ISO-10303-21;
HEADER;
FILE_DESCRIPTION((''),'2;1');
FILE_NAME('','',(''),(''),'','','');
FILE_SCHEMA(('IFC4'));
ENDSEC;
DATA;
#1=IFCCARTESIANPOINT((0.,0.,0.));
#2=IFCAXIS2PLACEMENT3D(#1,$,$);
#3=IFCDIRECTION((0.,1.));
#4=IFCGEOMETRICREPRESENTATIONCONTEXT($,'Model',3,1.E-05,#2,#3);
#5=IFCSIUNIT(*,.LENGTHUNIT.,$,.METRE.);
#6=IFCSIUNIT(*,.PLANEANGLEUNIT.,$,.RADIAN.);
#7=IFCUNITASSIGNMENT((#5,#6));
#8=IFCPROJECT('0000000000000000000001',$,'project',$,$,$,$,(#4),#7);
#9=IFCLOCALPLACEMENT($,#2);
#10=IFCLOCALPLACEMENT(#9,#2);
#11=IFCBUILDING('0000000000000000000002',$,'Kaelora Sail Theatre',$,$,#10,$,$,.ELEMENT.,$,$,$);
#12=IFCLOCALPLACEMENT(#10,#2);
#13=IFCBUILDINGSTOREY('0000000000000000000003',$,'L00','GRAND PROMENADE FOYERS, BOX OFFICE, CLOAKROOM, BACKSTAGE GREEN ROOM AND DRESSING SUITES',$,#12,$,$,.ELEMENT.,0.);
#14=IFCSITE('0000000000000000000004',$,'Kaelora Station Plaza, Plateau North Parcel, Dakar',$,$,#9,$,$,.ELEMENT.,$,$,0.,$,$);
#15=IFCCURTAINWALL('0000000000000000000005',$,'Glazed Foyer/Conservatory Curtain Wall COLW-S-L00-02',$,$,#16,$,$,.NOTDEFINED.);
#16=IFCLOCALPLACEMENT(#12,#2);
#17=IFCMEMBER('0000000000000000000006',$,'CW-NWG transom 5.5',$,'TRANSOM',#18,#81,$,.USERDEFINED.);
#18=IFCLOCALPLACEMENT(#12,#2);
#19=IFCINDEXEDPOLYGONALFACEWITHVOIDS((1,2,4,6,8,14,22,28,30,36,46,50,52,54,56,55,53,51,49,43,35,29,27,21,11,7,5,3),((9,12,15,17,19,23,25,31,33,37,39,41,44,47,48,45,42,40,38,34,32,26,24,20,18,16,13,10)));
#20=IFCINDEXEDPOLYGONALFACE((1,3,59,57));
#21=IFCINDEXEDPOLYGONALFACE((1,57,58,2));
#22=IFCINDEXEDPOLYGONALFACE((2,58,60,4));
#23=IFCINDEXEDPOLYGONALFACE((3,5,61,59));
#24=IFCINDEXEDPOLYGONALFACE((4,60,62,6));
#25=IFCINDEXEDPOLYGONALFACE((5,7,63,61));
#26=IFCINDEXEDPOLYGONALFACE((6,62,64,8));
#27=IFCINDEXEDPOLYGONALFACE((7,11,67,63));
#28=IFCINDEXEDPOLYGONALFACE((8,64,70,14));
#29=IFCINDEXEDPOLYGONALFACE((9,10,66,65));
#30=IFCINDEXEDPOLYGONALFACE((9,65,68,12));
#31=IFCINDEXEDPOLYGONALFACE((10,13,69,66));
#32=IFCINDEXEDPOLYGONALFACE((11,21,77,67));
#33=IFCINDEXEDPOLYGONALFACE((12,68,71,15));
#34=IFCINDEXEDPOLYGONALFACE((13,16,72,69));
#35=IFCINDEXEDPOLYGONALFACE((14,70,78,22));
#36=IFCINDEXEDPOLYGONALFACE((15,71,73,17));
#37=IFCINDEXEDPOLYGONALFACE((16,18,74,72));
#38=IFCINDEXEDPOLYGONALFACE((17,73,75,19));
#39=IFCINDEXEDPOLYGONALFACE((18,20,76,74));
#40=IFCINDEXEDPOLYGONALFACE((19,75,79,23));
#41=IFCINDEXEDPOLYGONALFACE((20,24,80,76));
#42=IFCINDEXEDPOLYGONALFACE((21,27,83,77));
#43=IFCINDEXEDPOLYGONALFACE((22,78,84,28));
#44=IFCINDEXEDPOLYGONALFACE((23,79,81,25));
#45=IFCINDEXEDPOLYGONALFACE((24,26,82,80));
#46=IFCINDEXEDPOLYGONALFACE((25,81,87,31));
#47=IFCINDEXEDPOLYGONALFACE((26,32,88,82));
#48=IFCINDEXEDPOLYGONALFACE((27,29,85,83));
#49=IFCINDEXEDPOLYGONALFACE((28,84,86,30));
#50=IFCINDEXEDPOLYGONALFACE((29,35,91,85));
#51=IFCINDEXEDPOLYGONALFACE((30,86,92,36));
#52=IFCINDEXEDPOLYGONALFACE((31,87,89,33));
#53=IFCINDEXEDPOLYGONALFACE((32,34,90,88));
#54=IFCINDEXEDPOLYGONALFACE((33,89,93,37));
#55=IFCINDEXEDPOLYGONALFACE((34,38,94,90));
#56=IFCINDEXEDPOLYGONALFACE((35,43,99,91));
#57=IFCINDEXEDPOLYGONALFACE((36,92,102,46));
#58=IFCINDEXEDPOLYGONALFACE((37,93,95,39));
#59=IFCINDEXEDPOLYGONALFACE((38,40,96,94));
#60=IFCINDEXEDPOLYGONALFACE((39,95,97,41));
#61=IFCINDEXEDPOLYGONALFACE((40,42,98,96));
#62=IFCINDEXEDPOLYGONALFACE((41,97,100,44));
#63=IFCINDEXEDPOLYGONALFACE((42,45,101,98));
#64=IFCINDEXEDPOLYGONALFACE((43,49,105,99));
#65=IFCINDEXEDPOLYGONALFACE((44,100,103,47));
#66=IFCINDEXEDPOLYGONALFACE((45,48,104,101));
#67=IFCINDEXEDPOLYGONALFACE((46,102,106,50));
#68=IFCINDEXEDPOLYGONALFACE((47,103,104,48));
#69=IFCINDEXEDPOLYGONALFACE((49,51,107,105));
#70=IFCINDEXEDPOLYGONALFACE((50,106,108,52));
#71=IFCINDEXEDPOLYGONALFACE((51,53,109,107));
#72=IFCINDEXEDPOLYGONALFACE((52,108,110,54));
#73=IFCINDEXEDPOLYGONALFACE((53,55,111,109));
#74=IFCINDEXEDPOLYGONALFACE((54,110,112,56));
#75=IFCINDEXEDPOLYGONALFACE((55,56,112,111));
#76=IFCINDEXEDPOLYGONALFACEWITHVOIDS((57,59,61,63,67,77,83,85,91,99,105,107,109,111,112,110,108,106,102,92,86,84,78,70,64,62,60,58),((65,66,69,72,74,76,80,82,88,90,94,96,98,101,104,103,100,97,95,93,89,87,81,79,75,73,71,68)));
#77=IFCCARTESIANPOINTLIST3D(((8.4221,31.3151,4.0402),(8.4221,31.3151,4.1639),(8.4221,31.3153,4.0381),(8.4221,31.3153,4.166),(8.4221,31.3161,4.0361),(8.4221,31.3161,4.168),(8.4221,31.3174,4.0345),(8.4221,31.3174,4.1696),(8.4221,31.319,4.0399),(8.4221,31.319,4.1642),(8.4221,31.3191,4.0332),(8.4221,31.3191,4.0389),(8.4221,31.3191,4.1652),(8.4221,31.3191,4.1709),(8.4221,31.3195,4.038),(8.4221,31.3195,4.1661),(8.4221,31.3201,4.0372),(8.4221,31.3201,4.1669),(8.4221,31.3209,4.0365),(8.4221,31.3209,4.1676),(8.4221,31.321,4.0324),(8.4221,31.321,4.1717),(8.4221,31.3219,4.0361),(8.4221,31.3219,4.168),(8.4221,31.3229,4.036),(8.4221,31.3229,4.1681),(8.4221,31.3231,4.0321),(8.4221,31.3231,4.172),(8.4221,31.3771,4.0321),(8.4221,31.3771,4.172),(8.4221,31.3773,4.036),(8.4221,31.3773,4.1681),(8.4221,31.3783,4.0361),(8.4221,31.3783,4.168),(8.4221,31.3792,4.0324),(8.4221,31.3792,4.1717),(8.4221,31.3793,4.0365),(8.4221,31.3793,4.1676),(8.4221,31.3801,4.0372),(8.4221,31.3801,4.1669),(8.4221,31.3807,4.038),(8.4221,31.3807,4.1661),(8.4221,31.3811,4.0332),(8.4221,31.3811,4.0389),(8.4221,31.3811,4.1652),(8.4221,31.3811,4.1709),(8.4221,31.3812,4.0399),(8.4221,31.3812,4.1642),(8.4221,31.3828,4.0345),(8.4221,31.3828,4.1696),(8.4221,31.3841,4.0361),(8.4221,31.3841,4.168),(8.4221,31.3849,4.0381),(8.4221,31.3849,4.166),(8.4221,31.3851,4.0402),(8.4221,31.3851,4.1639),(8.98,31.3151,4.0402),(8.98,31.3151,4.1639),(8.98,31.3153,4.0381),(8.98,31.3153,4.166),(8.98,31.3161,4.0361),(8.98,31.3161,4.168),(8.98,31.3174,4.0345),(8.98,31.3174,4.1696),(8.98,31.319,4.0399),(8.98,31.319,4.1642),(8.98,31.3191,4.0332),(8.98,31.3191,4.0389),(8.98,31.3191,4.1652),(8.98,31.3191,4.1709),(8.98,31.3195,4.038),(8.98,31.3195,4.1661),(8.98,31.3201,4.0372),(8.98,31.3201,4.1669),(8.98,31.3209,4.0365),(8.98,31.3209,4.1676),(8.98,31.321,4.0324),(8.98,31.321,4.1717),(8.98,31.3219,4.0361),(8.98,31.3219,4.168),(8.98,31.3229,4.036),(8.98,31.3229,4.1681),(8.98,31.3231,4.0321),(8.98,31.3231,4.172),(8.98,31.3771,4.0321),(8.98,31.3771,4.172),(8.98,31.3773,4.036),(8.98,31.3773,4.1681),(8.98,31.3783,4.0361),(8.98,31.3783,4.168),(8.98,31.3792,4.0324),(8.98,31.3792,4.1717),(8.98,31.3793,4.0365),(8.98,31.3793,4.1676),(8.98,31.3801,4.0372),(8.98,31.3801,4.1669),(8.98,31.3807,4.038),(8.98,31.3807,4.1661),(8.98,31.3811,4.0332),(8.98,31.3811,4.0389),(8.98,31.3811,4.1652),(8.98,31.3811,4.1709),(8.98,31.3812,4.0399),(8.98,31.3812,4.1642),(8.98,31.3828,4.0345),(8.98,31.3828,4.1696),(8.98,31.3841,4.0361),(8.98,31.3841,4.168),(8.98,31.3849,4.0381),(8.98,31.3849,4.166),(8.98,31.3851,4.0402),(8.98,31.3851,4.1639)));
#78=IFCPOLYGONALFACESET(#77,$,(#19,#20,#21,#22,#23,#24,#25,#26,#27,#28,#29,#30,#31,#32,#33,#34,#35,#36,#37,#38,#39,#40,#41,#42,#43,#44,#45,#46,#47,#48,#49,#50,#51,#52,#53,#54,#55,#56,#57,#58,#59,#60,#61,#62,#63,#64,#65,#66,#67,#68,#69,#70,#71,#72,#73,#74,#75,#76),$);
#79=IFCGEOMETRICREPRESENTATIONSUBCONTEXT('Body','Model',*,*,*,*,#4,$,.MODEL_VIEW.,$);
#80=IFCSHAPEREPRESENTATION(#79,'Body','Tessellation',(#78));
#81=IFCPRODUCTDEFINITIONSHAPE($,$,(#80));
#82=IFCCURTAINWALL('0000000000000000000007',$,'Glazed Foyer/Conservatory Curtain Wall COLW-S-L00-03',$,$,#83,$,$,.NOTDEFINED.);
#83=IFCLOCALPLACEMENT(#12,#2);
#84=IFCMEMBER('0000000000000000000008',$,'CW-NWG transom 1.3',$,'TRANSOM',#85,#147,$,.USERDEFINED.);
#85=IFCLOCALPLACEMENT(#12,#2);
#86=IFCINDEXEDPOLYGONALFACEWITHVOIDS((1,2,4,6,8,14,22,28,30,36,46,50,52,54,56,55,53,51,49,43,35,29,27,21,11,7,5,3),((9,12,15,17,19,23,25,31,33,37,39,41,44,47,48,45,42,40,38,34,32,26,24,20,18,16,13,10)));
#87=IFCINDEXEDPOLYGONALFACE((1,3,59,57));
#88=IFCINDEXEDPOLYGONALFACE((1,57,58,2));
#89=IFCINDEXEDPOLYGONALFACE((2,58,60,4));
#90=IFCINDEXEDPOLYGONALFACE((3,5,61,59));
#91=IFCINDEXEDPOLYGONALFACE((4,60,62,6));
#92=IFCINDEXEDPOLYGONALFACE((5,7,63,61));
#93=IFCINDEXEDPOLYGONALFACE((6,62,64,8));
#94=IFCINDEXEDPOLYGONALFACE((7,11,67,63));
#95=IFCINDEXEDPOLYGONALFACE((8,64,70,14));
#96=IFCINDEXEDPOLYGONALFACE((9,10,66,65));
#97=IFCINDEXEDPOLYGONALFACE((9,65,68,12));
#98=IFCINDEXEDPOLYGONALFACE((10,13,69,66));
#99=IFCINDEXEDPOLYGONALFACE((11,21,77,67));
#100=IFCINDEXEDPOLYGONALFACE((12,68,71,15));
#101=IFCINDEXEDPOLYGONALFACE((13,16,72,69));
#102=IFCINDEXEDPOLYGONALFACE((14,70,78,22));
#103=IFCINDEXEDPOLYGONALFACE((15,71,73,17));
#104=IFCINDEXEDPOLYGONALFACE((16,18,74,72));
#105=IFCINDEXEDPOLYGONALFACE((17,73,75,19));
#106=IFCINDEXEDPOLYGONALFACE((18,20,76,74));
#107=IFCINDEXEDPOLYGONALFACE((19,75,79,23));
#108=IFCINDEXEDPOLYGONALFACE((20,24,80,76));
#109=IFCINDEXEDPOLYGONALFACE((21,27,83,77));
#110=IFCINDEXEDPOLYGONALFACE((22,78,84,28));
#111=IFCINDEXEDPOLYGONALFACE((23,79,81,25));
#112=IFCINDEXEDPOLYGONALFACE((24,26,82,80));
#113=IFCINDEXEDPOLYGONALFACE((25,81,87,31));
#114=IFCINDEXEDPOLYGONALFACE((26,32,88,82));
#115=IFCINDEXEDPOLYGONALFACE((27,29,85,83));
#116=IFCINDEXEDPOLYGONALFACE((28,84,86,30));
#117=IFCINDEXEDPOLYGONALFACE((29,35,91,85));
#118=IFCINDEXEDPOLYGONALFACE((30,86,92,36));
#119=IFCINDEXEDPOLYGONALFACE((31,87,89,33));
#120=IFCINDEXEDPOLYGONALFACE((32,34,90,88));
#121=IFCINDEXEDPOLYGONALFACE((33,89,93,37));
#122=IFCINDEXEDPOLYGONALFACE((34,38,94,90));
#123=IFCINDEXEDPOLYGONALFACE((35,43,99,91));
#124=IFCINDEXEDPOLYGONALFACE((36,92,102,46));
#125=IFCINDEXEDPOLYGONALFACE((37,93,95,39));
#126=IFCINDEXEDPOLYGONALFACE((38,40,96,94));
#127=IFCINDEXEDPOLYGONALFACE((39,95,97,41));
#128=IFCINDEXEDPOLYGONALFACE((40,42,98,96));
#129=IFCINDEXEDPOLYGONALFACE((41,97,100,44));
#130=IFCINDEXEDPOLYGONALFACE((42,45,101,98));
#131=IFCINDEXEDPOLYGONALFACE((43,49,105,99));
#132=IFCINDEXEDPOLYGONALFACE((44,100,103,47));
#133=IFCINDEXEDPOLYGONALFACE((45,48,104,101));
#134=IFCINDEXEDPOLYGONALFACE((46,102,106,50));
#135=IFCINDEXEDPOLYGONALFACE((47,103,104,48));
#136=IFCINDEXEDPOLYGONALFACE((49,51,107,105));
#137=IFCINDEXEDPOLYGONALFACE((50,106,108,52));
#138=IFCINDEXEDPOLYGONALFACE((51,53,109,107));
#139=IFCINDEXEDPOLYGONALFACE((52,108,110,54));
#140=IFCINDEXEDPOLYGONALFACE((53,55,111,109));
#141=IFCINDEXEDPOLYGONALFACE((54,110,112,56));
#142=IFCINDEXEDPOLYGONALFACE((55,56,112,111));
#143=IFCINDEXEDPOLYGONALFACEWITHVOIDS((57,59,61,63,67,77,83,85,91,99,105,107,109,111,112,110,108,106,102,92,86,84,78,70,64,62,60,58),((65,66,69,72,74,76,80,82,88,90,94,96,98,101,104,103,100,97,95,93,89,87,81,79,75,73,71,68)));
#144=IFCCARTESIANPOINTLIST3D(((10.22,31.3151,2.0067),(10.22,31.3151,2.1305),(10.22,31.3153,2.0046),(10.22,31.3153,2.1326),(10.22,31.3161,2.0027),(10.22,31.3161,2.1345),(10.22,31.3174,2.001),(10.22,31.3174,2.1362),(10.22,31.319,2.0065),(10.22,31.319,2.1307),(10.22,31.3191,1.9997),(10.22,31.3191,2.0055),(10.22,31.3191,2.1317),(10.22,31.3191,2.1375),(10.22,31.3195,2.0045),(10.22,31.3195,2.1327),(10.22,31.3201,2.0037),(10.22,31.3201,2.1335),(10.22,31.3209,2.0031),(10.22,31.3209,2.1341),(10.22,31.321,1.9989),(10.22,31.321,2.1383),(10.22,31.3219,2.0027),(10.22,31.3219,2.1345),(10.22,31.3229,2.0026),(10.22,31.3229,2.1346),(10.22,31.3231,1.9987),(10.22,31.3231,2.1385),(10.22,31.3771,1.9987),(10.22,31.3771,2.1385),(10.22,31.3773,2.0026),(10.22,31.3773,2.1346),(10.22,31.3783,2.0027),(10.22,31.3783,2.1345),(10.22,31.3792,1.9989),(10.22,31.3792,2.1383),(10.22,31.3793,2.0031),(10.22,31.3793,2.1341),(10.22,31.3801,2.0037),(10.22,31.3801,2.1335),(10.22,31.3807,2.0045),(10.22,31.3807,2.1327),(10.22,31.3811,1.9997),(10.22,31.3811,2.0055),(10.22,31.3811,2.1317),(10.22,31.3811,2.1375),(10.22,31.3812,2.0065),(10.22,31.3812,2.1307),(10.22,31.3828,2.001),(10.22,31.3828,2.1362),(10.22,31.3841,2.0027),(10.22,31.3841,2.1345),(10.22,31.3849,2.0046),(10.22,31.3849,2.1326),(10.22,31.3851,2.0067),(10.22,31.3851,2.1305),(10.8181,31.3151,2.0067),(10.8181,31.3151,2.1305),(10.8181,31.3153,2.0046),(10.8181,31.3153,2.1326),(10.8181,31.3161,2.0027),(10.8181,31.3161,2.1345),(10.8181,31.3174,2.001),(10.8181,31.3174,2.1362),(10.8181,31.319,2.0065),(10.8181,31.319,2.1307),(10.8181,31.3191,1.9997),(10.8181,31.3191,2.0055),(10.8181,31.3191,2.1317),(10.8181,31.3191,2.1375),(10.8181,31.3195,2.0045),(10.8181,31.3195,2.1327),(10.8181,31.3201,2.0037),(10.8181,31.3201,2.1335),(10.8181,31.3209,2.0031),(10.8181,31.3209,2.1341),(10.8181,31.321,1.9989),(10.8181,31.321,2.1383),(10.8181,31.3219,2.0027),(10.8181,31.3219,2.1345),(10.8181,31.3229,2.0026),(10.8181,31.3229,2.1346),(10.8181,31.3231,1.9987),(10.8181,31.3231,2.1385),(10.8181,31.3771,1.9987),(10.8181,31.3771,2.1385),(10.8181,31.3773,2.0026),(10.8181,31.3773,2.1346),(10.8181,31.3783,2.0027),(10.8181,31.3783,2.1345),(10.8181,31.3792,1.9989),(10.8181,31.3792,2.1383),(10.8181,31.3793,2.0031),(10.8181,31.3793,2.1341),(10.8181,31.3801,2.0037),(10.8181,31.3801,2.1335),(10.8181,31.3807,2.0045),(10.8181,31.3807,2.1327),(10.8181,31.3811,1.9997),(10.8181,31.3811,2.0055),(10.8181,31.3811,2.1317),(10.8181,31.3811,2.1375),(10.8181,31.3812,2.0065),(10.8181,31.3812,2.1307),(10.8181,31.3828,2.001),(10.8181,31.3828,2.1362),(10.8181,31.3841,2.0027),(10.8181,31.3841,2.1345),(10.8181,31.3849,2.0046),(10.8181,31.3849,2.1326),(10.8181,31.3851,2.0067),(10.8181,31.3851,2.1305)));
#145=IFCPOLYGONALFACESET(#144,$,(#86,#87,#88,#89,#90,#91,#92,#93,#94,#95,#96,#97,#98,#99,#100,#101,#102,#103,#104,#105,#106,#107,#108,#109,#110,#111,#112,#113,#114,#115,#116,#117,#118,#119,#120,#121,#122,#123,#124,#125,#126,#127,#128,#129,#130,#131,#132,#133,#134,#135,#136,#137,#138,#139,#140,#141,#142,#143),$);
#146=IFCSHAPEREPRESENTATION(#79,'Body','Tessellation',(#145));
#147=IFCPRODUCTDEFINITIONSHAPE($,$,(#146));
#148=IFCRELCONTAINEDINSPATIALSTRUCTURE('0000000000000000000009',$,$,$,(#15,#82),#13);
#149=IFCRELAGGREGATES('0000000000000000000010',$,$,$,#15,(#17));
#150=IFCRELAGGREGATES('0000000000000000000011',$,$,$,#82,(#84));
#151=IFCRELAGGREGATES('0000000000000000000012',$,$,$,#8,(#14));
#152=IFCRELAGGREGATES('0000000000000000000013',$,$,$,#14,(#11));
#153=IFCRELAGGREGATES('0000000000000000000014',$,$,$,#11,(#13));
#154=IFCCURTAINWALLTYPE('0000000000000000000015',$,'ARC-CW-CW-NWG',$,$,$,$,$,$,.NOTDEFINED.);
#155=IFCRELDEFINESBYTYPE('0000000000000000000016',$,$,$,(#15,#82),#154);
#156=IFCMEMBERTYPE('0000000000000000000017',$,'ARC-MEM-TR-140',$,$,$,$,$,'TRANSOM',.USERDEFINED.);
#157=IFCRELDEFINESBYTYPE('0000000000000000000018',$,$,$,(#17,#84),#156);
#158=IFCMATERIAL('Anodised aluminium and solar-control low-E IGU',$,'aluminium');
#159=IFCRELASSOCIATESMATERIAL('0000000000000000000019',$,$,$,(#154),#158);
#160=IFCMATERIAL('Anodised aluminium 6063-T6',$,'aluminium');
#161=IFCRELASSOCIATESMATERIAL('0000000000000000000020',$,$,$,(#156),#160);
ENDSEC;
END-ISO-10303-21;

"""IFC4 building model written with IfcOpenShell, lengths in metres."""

from ifc_helpers import new_model, si_unit, direction, frame, origin, origin_2d, place, context, subcontext, project, spatial, hollow_rectangle, extrude, material, material_profile, profile_set, type_object, element, aggregate, save


model = new_model("IFC4")

# Units and contexts
model_context = context("Model", 3, precision=1e-05, world=origin(), true_north=direction((0.0, 1.0)))
body_context = subcontext(model_context, "Body", "Model", "MODEL_VIEW")
ifc_project = project(units=[si_unit("LENGTHUNIT", "METRE"), si_unit("PLANEANGLEUNIT", "RADIAN")], contexts=[model_context])

# Site, building, storey
site_placement = place(None, origin())
site = spatial("IfcSite", under=ifc_project, at=site_placement, Name="Kaelora Station Plaza, Plateau North Parcel, Dakar", CompositionType="ELEMENT", RefElevation=0.0)
building_placement = place(site_placement, origin())
building = spatial("IfcBuilding", under=site, at=building_placement, Name="Kaelora Sail Theatre", CompositionType="ELEMENT")
storey_placement = place(building_placement, origin())
storey = spatial("IfcBuildingStorey", under=building, at=storey_placement, Name="L00", Description="GRAND PROMENADE FOYERS, BOX OFFICE, CLOAKROOM, BACKSTAGE GREEN ROOM AND DRESSING SUITES", CompositionType="ELEMENT", Elevation=0.0)

# Curtain walls, members
ifc_material_1 = material(Name="Anodised aluminium and solar-control low-E IGU", Category="aluminium")
curtain_wall_type = type_object("IfcCurtainWallType", Name="ARC-CW-CW-NWG", PredefinedType="NOTDEFINED", material=ifc_material_1)
curtain_wall_1_placement = place(storey_placement, origin())
curtain_wall_1 = element("IfcCurtainWall", 1, at=curtain_wall_1_placement, inside=storey, type_object=curtain_wall_type, Name="Glazed Foyer/Conservatory Curtain Wall COLW-S-L00-02", PredefinedType="NOTDEFINED")
ifc_material_2 = material(Name="Anodised aluminium 6063-T6", Category="aluminium")
ifc_material_profile = material_profile(ifc_material_2, hollow_rectangle(XDim=0.0701, YDim=0.1399, WallThickness=0.0039, InnerFilletRadius=0.0039, OuterFilletRadius=0.0081, at=origin_2d()), Name="ALU-TRAN 70x140x4")
ifc_profile_set = profile_set([ifc_material_profile], Name="Anodised aluminium 6063-T6")
member_type = type_object("IfcMemberType", Name="ARC-MEM-TR-140", ElementType="TRANSOM", PredefinedType="USERDEFINED", material=ifc_profile_set)
member_1_placement = place(storey_placement, frame((8.4221, 31.3501, 4.1021), z_axis=(1.0, 0.0, 0.0), x_axis=(0.0, 1.0, 0.0)))
member_1 = element("IfcMember", 2, at=member_1_placement, type_object=member_type, Name="CW-NWG transom 5.5", ObjectType="TRANSOM", PredefinedType="USERDEFINED", context=body_context, shape_type="SweptSolid", body=[
    extrude(hollow_rectangle(XDim=0.0701, YDim=0.1399, WallThickness=0.0039, InnerFilletRadius=0.0039, OuterFilletRadius=0.0081, at=origin_2d()), origin(), (0.0, 0.0, 1.0), 0.5579),
])
curtain_wall_2_placement = place(storey_placement, origin())
curtain_wall_2 = element("IfcCurtainWall", 3, at=curtain_wall_2_placement, inside=storey, type_object=curtain_wall_type, Name="Glazed Foyer/Conservatory Curtain Wall COLW-S-L00-03", PredefinedType="NOTDEFINED")
member_2_placement = place(storey_placement, frame((10.22, 31.3501, 2.0686), z_axis=(1.0, 0.0, 0.0), x_axis=(0.0, 1.0, 0.0)))
member_2 = element("IfcMember", 4, at=member_2_placement, type_object=member_type, Name="CW-NWG transom 1.3", ObjectType="TRANSOM", PredefinedType="USERDEFINED", context=body_context, shape_type="SweptSolid", body=[
    extrude(hollow_rectangle(XDim=0.0701, YDim=0.1399, WallThickness=0.0039, InnerFilletRadius=0.0039, OuterFilletRadius=0.0081, at=origin_2d()), origin(), (0.0, 0.0, 1.0), 0.5981),
])

aggregate(curtain_wall_1, [member_1])
aggregate(curtain_wall_2, [member_2])

save(model, "model.ifc")
